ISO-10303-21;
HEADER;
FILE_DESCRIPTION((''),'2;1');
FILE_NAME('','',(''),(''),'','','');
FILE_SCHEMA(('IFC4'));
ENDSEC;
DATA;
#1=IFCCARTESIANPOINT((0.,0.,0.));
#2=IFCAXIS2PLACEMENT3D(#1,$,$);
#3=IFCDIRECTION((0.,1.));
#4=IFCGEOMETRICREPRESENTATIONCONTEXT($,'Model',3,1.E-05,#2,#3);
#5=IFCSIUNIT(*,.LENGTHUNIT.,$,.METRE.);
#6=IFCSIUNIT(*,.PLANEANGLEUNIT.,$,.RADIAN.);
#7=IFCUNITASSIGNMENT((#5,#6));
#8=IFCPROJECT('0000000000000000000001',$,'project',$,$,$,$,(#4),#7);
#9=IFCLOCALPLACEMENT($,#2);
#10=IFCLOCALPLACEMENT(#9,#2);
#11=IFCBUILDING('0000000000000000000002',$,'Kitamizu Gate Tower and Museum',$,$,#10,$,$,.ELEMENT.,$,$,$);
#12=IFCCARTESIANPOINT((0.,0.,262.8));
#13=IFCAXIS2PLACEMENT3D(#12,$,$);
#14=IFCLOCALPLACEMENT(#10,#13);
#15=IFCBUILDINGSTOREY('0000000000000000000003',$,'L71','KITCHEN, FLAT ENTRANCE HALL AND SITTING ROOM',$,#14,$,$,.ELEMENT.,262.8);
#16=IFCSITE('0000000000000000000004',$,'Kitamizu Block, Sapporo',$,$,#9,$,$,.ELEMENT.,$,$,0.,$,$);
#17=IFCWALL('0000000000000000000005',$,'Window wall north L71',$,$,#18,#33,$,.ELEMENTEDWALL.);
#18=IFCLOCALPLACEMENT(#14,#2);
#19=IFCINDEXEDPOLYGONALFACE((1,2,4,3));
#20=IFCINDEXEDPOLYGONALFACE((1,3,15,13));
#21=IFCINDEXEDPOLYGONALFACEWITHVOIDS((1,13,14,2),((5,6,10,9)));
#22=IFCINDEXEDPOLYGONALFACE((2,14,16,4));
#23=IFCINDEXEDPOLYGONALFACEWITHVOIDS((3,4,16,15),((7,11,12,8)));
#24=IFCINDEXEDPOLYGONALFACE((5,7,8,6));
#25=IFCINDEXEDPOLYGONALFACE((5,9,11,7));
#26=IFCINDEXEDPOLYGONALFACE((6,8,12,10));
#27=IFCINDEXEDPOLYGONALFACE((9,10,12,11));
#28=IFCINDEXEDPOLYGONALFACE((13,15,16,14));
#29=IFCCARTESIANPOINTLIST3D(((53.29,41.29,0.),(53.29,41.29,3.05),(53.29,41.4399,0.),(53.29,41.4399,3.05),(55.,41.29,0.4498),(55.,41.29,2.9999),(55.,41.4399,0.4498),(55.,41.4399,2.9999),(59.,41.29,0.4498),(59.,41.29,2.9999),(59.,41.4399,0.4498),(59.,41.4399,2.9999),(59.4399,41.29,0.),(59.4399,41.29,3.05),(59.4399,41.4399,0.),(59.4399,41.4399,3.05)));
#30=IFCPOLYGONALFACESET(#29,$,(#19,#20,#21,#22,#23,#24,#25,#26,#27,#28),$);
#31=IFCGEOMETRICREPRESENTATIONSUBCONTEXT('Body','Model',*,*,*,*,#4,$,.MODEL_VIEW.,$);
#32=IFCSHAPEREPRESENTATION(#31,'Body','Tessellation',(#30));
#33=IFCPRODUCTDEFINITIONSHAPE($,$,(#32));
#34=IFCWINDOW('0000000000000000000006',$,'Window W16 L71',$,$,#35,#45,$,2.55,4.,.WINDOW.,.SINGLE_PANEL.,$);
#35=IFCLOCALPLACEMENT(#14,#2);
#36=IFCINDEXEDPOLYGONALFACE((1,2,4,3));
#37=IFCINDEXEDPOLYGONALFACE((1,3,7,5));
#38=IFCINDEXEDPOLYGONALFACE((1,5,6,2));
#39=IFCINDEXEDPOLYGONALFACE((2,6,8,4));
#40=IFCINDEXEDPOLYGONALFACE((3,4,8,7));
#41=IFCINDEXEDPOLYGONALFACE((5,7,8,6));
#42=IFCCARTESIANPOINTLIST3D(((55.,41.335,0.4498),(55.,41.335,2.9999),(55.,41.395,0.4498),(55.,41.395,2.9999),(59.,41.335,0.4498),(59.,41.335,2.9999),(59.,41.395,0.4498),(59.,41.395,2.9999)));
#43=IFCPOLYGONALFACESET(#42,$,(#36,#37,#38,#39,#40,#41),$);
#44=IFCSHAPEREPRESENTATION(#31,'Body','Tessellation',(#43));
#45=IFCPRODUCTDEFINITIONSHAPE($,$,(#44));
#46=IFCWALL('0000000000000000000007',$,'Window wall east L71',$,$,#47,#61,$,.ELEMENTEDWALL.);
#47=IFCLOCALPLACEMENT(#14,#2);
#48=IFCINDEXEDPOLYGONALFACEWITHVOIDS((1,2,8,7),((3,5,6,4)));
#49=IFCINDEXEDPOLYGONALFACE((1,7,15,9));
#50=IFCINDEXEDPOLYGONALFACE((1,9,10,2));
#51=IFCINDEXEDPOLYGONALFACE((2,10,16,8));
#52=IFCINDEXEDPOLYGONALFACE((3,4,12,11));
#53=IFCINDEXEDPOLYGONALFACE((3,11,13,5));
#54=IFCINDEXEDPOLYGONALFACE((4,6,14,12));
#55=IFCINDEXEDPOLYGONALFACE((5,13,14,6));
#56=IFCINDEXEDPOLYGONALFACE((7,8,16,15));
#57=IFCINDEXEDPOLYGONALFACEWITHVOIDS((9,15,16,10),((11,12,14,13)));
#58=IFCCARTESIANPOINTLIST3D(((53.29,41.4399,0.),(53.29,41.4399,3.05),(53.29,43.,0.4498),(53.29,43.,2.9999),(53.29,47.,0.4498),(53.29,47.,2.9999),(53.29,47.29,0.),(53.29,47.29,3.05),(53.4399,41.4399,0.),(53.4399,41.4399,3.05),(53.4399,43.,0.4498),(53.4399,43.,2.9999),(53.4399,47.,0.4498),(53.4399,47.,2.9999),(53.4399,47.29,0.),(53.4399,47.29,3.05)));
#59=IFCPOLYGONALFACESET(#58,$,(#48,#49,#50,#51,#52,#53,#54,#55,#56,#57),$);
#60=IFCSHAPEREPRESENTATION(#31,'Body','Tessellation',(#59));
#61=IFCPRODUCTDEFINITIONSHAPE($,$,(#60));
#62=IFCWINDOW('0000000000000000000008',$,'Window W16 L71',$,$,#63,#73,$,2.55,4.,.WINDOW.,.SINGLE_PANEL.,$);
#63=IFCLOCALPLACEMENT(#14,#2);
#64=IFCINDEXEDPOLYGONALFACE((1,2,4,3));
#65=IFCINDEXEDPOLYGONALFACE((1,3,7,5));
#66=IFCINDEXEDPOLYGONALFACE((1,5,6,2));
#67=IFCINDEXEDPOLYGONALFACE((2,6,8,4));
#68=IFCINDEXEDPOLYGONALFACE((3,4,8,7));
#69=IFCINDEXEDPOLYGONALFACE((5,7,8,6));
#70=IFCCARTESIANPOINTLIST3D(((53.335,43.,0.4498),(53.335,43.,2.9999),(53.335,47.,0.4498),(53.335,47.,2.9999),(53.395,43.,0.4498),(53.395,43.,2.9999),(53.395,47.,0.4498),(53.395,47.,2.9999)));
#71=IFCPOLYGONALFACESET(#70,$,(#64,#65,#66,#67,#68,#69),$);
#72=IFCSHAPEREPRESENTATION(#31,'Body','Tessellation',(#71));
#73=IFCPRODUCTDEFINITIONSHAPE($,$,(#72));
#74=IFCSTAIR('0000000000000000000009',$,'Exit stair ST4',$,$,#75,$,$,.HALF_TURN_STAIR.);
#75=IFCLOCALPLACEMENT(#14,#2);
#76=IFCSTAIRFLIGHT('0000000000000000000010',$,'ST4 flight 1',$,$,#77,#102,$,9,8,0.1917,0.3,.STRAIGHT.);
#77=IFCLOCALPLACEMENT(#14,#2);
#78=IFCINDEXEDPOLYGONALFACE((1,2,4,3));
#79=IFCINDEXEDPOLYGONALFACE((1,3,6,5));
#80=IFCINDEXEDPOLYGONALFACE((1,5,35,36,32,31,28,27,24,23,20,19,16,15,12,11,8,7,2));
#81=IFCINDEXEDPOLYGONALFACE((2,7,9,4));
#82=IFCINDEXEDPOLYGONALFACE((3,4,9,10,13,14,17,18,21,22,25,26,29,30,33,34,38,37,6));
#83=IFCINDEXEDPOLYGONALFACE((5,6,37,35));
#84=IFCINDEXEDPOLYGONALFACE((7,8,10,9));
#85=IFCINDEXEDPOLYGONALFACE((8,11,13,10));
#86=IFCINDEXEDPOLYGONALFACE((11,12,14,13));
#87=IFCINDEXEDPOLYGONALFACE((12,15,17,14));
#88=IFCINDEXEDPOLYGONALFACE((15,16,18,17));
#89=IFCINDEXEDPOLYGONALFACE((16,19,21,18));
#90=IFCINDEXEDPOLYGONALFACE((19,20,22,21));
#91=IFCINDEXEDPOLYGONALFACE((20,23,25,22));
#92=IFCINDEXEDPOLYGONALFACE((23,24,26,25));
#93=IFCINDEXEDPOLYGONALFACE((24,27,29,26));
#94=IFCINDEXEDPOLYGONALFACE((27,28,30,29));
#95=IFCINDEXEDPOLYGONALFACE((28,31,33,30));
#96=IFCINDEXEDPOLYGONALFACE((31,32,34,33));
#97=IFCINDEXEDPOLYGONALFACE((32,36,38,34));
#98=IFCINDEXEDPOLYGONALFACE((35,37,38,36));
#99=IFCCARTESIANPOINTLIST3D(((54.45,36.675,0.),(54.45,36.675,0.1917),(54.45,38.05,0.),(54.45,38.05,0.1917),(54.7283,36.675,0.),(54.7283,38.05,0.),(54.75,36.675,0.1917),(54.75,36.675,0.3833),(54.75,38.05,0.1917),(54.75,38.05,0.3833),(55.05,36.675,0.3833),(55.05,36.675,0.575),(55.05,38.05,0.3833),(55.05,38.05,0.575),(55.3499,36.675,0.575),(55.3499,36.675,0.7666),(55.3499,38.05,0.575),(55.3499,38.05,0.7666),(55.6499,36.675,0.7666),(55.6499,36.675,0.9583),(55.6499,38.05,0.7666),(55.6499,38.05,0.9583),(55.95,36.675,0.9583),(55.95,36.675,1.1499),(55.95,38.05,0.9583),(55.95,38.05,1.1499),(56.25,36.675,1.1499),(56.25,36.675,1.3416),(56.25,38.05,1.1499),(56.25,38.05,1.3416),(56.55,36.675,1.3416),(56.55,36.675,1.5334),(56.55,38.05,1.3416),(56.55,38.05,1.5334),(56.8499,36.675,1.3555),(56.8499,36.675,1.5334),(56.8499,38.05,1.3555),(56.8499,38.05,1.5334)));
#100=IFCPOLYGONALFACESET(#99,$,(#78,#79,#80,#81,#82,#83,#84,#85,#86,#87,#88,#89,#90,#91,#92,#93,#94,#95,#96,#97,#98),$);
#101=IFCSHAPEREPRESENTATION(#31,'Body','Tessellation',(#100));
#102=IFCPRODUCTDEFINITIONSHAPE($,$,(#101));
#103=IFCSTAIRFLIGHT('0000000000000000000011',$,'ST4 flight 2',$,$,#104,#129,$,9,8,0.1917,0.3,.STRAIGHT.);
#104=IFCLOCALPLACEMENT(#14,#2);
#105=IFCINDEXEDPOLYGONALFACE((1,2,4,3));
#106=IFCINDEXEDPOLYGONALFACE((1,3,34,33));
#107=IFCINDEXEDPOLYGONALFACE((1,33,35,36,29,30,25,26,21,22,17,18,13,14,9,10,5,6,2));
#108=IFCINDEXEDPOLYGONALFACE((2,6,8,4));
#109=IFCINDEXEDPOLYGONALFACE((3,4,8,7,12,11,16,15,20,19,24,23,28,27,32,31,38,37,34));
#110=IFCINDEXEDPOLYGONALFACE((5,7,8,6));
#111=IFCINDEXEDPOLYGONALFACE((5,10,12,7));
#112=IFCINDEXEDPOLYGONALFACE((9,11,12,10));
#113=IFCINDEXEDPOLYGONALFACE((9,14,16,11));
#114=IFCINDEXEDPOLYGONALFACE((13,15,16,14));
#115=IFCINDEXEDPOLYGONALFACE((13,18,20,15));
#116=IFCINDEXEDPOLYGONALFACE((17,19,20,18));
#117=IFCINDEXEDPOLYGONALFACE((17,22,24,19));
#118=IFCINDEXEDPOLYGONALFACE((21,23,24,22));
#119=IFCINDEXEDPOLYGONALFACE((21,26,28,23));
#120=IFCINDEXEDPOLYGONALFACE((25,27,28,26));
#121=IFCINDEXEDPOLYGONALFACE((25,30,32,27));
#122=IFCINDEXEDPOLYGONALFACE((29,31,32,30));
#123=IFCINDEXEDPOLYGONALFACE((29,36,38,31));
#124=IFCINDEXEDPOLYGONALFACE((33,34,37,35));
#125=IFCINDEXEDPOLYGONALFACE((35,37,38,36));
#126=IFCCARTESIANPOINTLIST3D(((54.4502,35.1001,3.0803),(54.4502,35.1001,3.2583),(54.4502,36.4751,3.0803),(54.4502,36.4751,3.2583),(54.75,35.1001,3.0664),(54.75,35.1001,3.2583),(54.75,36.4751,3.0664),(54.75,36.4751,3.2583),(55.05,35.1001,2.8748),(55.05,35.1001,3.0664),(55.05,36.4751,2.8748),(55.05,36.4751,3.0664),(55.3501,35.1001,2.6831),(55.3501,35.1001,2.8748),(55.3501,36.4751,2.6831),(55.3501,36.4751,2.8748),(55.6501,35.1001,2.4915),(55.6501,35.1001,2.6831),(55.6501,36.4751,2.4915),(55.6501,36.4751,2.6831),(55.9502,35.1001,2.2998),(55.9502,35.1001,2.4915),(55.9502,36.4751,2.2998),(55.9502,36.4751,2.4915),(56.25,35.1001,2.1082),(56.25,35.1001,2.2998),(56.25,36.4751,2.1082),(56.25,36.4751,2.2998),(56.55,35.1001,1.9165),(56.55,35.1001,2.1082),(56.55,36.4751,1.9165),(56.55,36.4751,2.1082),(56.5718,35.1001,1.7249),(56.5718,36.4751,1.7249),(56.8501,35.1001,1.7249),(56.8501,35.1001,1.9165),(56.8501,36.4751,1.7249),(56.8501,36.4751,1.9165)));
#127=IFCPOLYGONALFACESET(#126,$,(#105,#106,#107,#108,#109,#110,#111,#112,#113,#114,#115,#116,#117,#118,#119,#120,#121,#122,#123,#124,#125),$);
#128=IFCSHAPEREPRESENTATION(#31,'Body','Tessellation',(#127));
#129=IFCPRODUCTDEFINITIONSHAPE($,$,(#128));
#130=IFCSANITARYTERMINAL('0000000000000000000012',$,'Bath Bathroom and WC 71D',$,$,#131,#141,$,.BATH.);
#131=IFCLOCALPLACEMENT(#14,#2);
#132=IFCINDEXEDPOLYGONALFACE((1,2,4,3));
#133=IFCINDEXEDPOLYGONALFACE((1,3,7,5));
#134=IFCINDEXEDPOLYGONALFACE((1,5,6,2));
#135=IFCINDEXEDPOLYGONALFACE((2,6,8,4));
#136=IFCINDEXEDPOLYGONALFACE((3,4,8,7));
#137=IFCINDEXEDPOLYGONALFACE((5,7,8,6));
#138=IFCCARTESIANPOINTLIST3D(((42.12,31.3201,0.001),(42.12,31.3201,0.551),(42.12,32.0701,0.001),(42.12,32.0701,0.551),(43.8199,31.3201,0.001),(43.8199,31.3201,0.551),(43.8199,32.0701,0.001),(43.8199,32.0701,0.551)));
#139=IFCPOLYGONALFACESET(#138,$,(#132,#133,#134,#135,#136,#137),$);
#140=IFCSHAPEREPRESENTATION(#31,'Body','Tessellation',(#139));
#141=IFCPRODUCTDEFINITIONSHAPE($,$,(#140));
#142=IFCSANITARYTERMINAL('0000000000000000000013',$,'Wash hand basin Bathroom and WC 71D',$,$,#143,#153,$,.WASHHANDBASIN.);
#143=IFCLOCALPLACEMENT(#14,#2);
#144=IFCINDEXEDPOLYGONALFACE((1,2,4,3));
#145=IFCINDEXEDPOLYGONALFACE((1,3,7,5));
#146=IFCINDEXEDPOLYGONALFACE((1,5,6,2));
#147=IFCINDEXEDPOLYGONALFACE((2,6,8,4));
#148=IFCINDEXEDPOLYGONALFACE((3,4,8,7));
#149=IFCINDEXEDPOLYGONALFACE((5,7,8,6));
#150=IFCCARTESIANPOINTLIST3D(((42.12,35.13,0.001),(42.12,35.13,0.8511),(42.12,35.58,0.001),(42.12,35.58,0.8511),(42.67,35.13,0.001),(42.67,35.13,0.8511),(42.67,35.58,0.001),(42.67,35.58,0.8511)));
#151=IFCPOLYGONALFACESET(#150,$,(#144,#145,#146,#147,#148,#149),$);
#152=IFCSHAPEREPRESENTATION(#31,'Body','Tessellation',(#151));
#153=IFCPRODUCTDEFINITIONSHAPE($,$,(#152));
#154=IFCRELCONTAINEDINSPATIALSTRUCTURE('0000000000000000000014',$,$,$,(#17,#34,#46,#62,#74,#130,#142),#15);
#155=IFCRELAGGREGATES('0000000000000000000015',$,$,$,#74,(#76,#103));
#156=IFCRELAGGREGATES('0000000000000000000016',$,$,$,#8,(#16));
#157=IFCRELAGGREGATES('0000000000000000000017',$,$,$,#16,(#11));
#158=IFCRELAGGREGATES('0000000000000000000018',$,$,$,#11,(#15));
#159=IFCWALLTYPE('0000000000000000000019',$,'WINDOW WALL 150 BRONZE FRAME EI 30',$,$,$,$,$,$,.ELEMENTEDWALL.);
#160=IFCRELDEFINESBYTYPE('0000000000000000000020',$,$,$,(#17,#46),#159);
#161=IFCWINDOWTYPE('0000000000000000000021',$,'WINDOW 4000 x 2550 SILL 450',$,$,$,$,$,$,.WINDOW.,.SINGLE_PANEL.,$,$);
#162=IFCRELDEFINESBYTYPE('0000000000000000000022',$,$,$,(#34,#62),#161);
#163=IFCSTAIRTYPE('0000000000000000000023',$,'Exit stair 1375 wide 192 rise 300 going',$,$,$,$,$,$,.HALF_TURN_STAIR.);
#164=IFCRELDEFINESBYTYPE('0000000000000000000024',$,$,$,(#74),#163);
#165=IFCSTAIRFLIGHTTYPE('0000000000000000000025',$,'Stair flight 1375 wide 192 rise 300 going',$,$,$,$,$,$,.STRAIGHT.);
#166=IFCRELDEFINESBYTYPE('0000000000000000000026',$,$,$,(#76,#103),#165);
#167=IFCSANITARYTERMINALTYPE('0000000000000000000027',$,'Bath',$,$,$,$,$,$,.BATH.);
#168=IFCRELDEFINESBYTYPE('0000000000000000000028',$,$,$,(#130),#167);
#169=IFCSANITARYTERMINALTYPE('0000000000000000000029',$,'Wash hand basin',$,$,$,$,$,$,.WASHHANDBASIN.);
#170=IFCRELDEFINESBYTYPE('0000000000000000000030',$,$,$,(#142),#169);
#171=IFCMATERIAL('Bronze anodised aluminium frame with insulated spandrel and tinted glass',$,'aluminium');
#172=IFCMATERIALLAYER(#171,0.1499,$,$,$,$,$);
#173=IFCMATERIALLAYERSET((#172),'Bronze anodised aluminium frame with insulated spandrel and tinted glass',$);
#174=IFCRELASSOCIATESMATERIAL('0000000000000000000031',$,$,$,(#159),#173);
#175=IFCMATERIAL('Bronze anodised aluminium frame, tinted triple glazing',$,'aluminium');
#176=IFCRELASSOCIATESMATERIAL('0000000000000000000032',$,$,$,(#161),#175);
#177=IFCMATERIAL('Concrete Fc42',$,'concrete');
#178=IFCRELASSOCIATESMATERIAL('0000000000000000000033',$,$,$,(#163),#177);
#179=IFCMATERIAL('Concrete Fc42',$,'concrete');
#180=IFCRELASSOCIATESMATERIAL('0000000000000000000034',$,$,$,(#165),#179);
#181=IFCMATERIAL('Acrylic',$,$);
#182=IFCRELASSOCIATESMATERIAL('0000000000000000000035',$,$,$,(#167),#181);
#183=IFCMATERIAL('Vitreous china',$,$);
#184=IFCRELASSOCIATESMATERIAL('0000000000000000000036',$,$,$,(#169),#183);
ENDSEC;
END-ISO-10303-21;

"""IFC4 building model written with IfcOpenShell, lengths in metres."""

from ifc_helpers import new_model, si_unit, direction, frame, frame_2d, origin, origin_2d, place, context, subcontext, project, spatial, polyline, rectangle, outline, extrude, material, layer, layer_set, type_object, element, fill, aggregate, save


model = new_model("IFC4")

# Units and contexts
model_context = context("Model", 3, precision=1e-05, world=origin(), true_north=direction((0.0, 1.0)))
body_context = subcontext(model_context, "Body", "Model", "MODEL_VIEW")
ifc_project = project(units=[si_unit("LENGTHUNIT", "METRE"), si_unit("PLANEANGLEUNIT", "RADIAN")], contexts=[model_context])

# Site, building, storey
site_placement = place(None, origin())
site = spatial("IfcSite", under=ifc_project, at=site_placement, Name="Kitamizu Block, Sapporo", CompositionType="ELEMENT", RefElevation=0.0)
building_placement = place(site_placement, origin())
building = spatial("IfcBuilding", under=site, at=building_placement, Name="Kitamizu Gate Tower and Museum", CompositionType="ELEMENT")
storey_placement = place(building_placement, frame((0.0, 0.0, 262.8)))
storey = spatial("IfcBuildingStorey", under=building, at=storey_placement, Name="L71", Description="KITCHEN, FLAT ENTRANCE HALL AND SITTING ROOM", CompositionType="ELEMENT", Elevation=262.8)

# Shared definitions
ifc_material_1 = material(Name="Bronze anodised aluminium frame with insulated spandrel and tinted glass", Category="aluminium")
ifc_layer_1 = layer(ifc_material_1, 0.1499)
ifc_layer_set_1 = layer_set([ifc_layer_1], Name="Bronze anodised aluminium frame with insulated spandrel and tinted glass")
wall_type_1 = type_object("IfcWallType", Name="WINDOW WALL 150 BRONZE FRAME EI 30", PredefinedType="ELEMENTEDWALL", material=ifc_layer_set_1)

# Walls, openings, windows
wall_1_placement = place(storey_placement, frame((53.29, 41.365, 0.0), z_axis=(0.0, 0.0, 1.0), x_axis=(1.0, 0.0, 0.0)))
wall_1 = element("IfcWall", 1, at=wall_1_placement, inside=storey, type_object=wall_type_1, Name="Window wall north L71", PredefinedType="ELEMENTEDWALL", context=body_context, shape_type="SweptSolid", body=[
    extrude(rectangle(XDim=6.1499, YDim=0.1499, at=frame_2d((3.075, 0.0))), origin(), (0.0, 0.0, 1.0), 3.05),
])
opening_1_placement = place(wall_1_placement, frame((1.71, 0.0, 0.45)))
opening_1 = element("IfcOpeningElement", 2, at=opening_1_placement, cuts=wall_1, PredefinedType="OPENING", context=body_context, shape_type="SweptSolid", body=[
    extrude(rectangle(XDim=4.0, YDim=2.55, at=frame_2d((2.0, 1.2749))), frame((0.0, 0.085, 0.0), z_axis=(0.0, -1.0, 0.0), x_axis=(1.0, 0.0, 0.0)), (0.0, 0.0, 1.0), 0.1699),
])
ifc_material_2 = material(Name="Bronze anodised aluminium frame, tinted triple glazing", Category="aluminium")
window_type = type_object("IfcWindowType", Name="WINDOW 4000 x 2550 SILL 450", PartitioningType="SINGLE_PANEL", PredefinedType="WINDOW", material=ifc_material_2)
window_1_placement = place(opening_1_placement, origin())
window_1 = element("IfcWindow", 3, at=window_1_placement, inside=storey, type_object=window_type, Name="Window W16 L71", OverallHeight=2.55, OverallWidth=4.0, PartitioningType="SINGLE_PANEL", PredefinedType="WINDOW", context=body_context, shape_type="SweptSolid", body=[
    extrude(rectangle(XDim=4.0, YDim=2.55, at=frame_2d((2.0, 1.2749))), frame((0.0, 0.03, 0.0), z_axis=(0.0, -1.0, 0.0), x_axis=(1.0, 0.0, 0.0)), (0.0, 0.0, 1.0), 0.0601),
])
fill(opening_1, window_1)
wall_2_placement = place(storey_placement, frame((53.365, 41.4399, 0.0), z_axis=(0.0, 0.0, 1.0), x_axis=(0.0, 1.0, 0.0)))
wall_2 = element("IfcWall", 4, at=wall_2_placement, inside=storey, type_object=wall_type_1, Name="Window wall east L71", PredefinedType="ELEMENTEDWALL", context=body_context, shape_type="SweptSolid", body=[
    extrude(rectangle(XDim=5.8501, YDim=0.1499, at=frame_2d((2.925, 0.0))), origin(), (0.0, 0.0, 1.0), 3.05),
])
opening_2_placement = place(wall_2_placement, frame((1.5601, 0.0, 0.45)))
opening_2 = element("IfcOpeningElement", 5, at=opening_2_placement, cuts=wall_2, PredefinedType="OPENING", context=body_context, shape_type="SweptSolid", body=[
    extrude(rectangle(XDim=4.0, YDim=2.55, at=frame_2d((2.0, 1.2749))), frame((0.0, 0.085, 0.0), z_axis=(0.0, -1.0, 0.0), x_axis=(1.0, 0.0, 0.0)), (0.0, 0.0, 1.0), 0.1699),
])
window_2_placement = place(opening_2_placement, origin())
window_2 = element("IfcWindow", 6, at=window_2_placement, inside=storey, type_object=window_type, Name="Window W16 L71", OverallHeight=2.55, OverallWidth=4.0, PartitioningType="SINGLE_PANEL", PredefinedType="WINDOW", context=body_context, shape_type="SweptSolid", body=[
    extrude(rectangle(XDim=4.0, YDim=2.55, at=frame_2d((2.0, 1.2749))), frame((0.0, 0.03, 0.0), z_axis=(0.0, -1.0, 0.0), x_axis=(1.0, 0.0, 0.0)), (0.0, 0.0, 1.0), 0.0601),
])
fill(opening_2, window_2)

# Stair, stair flights
ifc_material_3 = material(Name="Concrete Fc42", Category="concrete")
stair_type = type_object("IfcStairType", Name="Exit stair 1375 wide 192 rise 300 going", PredefinedType="HALF_TURN_STAIR", material=ifc_material_3)
stair_placement = place(storey_placement, origin())
stair = element("IfcStair", 7, at=stair_placement, inside=storey, type_object=stair_type, Name="Exit stair ST4", PredefinedType="HALF_TURN_STAIR")
ifc_material_4 = material(Name="Concrete Fc42", Category="concrete")
stair_flight_type = type_object("IfcStairFlightType", Name="Stair flight 1375 wide 192 rise 300 going", PredefinedType="STRAIGHT", material=ifc_material_4)
stair_flight_1_placement = place(storey_placement, frame((54.45, 37.3625, 0.0), z_axis=(0.0, 0.0, 1.0), x_axis=(1.0, 0.0, 0.0)))
stair_flight_1 = element("IfcStairFlight", 8, at=stair_flight_1_placement, type_object=stair_flight_type, Name="ST4 flight 1", NumberOfRisers=9, NumberOfTreads=8, PredefinedType="STRAIGHT", RiserHeight=0.1917, TreadLength=0.3, context=body_context, shape_type="SweptSolid", body=[
    extrude(outline(polyline([(0.0, 0.0), (0.0, 0.1917), (0.3, 0.1917), (0.3, 0.3833), (0.6001, 0.3833), (0.6001, 0.575), (0.8999, 0.575), (0.8999, 0.7666), (1.2, 0.7666), (1.2, 0.9583), (1.5, 0.9583), (1.5, 1.1499), (1.8, 1.1499), (1.8, 1.3416), (2.1001, 1.3416), (2.1001, 1.5334), (2.3999, 1.5334), (2.3999, 1.7251), (2.3999, 1.3555), (0.2783, 0.0), (0.0, 0.0)])), frame((0.0, 0.6875, 0.0), z_axis=(0.0, -1.0, 0.0), x_axis=(1.0, 0.0, 0.0)), (0.0, 0.0, 1.0), 1.375),
])
stair_flight_2_placement = place(storey_placement, frame((56.8501, 35.7876, 1.7249), z_axis=(0.0, 0.0, 1.0), x_axis=(-1.0, 0.0, 0.0)))
stair_flight_2 = element("IfcStairFlight", 9, at=stair_flight_2_placement, type_object=stair_flight_type, Name="ST4 flight 2", NumberOfRisers=9, NumberOfTreads=8, PredefinedType="STRAIGHT", RiserHeight=0.1917, TreadLength=0.3, context=body_context, shape_type="SweptSolid", body=[
    extrude(outline(polyline([(0.0, 0.0), (0.0, 0.1917), (0.3, 0.1917), (0.3, 0.3833), (0.6001, 0.3833), (0.6001, 0.575), (0.8999, 0.575), (0.8999, 0.7666), (1.2, 0.7666), (1.2, 0.9583), (1.5, 0.9583), (1.5, 1.1499), (1.8, 1.1499), (1.8, 1.3416), (2.1001, 1.3416), (2.1001, 1.5334), (2.3999, 1.5334), (2.3999, 1.7251), (2.3999, 1.3555), (0.2783, 0.0), (0.0, 0.0)])), frame((0.0, 0.6875, 0.0), z_axis=(0.0, -1.0, 0.0), x_axis=(1.0, 0.0, 0.0)), (0.0, 0.0, 1.0), 1.375),
])
aggregate(stair, [stair_flight_1, stair_flight_2])

# Sanitary terminals
ifc_material_5 = material(Name="Acrylic")
sanitary_terminal_type_1 = type_object("IfcSanitaryTerminalType", Name="Bath", PredefinedType="BATH", material=ifc_material_5)
sanitary_terminal_1_placement = place(storey_placement, frame((42.97, 31.6951, 0.001), z_axis=(0.0, 0.0, 1.0), x_axis=(1.0, 0.0, 0.0)))
element("IfcSanitaryTerminal", 10, at=sanitary_terminal_1_placement, inside=storey, type_object=sanitary_terminal_type_1, Name="Bath Bathroom and WC 71D", PredefinedType="BATH", context=body_context, shape_type="SweptSolid", body=[
    extrude(rectangle(XDim=1.7, YDim=0.75, at=origin_2d()), origin(), (0.0, 0.0, 1.0), 0.55),
])
ifc_material_6 = material(Name="Vitreous china")
sanitary_terminal_type_2 = type_object("IfcSanitaryTerminalType", Name="Wash hand basin", PredefinedType="WASHHANDBASIN", material=ifc_material_6)
sanitary_terminal_2_placement = place(storey_placement, frame((42.395, 35.355, 0.001), z_axis=(0.0, 0.0, 1.0), x_axis=(1.0, 0.0, 0.0)))
element("IfcSanitaryTerminal", 11, at=sanitary_terminal_2_placement, inside=storey, type_object=sanitary_terminal_type_2, Name="Wash hand basin Bathroom and WC 71D", PredefinedType="WASHHANDBASIN", context=body_context, shape_type="SweptSolid", body=[
    extrude(rectangle(XDim=0.55, YDim=0.45, at=origin_2d()), origin(), (0.0, 0.0, 1.0), 0.8501),
])

save(model, "model.ifc")
